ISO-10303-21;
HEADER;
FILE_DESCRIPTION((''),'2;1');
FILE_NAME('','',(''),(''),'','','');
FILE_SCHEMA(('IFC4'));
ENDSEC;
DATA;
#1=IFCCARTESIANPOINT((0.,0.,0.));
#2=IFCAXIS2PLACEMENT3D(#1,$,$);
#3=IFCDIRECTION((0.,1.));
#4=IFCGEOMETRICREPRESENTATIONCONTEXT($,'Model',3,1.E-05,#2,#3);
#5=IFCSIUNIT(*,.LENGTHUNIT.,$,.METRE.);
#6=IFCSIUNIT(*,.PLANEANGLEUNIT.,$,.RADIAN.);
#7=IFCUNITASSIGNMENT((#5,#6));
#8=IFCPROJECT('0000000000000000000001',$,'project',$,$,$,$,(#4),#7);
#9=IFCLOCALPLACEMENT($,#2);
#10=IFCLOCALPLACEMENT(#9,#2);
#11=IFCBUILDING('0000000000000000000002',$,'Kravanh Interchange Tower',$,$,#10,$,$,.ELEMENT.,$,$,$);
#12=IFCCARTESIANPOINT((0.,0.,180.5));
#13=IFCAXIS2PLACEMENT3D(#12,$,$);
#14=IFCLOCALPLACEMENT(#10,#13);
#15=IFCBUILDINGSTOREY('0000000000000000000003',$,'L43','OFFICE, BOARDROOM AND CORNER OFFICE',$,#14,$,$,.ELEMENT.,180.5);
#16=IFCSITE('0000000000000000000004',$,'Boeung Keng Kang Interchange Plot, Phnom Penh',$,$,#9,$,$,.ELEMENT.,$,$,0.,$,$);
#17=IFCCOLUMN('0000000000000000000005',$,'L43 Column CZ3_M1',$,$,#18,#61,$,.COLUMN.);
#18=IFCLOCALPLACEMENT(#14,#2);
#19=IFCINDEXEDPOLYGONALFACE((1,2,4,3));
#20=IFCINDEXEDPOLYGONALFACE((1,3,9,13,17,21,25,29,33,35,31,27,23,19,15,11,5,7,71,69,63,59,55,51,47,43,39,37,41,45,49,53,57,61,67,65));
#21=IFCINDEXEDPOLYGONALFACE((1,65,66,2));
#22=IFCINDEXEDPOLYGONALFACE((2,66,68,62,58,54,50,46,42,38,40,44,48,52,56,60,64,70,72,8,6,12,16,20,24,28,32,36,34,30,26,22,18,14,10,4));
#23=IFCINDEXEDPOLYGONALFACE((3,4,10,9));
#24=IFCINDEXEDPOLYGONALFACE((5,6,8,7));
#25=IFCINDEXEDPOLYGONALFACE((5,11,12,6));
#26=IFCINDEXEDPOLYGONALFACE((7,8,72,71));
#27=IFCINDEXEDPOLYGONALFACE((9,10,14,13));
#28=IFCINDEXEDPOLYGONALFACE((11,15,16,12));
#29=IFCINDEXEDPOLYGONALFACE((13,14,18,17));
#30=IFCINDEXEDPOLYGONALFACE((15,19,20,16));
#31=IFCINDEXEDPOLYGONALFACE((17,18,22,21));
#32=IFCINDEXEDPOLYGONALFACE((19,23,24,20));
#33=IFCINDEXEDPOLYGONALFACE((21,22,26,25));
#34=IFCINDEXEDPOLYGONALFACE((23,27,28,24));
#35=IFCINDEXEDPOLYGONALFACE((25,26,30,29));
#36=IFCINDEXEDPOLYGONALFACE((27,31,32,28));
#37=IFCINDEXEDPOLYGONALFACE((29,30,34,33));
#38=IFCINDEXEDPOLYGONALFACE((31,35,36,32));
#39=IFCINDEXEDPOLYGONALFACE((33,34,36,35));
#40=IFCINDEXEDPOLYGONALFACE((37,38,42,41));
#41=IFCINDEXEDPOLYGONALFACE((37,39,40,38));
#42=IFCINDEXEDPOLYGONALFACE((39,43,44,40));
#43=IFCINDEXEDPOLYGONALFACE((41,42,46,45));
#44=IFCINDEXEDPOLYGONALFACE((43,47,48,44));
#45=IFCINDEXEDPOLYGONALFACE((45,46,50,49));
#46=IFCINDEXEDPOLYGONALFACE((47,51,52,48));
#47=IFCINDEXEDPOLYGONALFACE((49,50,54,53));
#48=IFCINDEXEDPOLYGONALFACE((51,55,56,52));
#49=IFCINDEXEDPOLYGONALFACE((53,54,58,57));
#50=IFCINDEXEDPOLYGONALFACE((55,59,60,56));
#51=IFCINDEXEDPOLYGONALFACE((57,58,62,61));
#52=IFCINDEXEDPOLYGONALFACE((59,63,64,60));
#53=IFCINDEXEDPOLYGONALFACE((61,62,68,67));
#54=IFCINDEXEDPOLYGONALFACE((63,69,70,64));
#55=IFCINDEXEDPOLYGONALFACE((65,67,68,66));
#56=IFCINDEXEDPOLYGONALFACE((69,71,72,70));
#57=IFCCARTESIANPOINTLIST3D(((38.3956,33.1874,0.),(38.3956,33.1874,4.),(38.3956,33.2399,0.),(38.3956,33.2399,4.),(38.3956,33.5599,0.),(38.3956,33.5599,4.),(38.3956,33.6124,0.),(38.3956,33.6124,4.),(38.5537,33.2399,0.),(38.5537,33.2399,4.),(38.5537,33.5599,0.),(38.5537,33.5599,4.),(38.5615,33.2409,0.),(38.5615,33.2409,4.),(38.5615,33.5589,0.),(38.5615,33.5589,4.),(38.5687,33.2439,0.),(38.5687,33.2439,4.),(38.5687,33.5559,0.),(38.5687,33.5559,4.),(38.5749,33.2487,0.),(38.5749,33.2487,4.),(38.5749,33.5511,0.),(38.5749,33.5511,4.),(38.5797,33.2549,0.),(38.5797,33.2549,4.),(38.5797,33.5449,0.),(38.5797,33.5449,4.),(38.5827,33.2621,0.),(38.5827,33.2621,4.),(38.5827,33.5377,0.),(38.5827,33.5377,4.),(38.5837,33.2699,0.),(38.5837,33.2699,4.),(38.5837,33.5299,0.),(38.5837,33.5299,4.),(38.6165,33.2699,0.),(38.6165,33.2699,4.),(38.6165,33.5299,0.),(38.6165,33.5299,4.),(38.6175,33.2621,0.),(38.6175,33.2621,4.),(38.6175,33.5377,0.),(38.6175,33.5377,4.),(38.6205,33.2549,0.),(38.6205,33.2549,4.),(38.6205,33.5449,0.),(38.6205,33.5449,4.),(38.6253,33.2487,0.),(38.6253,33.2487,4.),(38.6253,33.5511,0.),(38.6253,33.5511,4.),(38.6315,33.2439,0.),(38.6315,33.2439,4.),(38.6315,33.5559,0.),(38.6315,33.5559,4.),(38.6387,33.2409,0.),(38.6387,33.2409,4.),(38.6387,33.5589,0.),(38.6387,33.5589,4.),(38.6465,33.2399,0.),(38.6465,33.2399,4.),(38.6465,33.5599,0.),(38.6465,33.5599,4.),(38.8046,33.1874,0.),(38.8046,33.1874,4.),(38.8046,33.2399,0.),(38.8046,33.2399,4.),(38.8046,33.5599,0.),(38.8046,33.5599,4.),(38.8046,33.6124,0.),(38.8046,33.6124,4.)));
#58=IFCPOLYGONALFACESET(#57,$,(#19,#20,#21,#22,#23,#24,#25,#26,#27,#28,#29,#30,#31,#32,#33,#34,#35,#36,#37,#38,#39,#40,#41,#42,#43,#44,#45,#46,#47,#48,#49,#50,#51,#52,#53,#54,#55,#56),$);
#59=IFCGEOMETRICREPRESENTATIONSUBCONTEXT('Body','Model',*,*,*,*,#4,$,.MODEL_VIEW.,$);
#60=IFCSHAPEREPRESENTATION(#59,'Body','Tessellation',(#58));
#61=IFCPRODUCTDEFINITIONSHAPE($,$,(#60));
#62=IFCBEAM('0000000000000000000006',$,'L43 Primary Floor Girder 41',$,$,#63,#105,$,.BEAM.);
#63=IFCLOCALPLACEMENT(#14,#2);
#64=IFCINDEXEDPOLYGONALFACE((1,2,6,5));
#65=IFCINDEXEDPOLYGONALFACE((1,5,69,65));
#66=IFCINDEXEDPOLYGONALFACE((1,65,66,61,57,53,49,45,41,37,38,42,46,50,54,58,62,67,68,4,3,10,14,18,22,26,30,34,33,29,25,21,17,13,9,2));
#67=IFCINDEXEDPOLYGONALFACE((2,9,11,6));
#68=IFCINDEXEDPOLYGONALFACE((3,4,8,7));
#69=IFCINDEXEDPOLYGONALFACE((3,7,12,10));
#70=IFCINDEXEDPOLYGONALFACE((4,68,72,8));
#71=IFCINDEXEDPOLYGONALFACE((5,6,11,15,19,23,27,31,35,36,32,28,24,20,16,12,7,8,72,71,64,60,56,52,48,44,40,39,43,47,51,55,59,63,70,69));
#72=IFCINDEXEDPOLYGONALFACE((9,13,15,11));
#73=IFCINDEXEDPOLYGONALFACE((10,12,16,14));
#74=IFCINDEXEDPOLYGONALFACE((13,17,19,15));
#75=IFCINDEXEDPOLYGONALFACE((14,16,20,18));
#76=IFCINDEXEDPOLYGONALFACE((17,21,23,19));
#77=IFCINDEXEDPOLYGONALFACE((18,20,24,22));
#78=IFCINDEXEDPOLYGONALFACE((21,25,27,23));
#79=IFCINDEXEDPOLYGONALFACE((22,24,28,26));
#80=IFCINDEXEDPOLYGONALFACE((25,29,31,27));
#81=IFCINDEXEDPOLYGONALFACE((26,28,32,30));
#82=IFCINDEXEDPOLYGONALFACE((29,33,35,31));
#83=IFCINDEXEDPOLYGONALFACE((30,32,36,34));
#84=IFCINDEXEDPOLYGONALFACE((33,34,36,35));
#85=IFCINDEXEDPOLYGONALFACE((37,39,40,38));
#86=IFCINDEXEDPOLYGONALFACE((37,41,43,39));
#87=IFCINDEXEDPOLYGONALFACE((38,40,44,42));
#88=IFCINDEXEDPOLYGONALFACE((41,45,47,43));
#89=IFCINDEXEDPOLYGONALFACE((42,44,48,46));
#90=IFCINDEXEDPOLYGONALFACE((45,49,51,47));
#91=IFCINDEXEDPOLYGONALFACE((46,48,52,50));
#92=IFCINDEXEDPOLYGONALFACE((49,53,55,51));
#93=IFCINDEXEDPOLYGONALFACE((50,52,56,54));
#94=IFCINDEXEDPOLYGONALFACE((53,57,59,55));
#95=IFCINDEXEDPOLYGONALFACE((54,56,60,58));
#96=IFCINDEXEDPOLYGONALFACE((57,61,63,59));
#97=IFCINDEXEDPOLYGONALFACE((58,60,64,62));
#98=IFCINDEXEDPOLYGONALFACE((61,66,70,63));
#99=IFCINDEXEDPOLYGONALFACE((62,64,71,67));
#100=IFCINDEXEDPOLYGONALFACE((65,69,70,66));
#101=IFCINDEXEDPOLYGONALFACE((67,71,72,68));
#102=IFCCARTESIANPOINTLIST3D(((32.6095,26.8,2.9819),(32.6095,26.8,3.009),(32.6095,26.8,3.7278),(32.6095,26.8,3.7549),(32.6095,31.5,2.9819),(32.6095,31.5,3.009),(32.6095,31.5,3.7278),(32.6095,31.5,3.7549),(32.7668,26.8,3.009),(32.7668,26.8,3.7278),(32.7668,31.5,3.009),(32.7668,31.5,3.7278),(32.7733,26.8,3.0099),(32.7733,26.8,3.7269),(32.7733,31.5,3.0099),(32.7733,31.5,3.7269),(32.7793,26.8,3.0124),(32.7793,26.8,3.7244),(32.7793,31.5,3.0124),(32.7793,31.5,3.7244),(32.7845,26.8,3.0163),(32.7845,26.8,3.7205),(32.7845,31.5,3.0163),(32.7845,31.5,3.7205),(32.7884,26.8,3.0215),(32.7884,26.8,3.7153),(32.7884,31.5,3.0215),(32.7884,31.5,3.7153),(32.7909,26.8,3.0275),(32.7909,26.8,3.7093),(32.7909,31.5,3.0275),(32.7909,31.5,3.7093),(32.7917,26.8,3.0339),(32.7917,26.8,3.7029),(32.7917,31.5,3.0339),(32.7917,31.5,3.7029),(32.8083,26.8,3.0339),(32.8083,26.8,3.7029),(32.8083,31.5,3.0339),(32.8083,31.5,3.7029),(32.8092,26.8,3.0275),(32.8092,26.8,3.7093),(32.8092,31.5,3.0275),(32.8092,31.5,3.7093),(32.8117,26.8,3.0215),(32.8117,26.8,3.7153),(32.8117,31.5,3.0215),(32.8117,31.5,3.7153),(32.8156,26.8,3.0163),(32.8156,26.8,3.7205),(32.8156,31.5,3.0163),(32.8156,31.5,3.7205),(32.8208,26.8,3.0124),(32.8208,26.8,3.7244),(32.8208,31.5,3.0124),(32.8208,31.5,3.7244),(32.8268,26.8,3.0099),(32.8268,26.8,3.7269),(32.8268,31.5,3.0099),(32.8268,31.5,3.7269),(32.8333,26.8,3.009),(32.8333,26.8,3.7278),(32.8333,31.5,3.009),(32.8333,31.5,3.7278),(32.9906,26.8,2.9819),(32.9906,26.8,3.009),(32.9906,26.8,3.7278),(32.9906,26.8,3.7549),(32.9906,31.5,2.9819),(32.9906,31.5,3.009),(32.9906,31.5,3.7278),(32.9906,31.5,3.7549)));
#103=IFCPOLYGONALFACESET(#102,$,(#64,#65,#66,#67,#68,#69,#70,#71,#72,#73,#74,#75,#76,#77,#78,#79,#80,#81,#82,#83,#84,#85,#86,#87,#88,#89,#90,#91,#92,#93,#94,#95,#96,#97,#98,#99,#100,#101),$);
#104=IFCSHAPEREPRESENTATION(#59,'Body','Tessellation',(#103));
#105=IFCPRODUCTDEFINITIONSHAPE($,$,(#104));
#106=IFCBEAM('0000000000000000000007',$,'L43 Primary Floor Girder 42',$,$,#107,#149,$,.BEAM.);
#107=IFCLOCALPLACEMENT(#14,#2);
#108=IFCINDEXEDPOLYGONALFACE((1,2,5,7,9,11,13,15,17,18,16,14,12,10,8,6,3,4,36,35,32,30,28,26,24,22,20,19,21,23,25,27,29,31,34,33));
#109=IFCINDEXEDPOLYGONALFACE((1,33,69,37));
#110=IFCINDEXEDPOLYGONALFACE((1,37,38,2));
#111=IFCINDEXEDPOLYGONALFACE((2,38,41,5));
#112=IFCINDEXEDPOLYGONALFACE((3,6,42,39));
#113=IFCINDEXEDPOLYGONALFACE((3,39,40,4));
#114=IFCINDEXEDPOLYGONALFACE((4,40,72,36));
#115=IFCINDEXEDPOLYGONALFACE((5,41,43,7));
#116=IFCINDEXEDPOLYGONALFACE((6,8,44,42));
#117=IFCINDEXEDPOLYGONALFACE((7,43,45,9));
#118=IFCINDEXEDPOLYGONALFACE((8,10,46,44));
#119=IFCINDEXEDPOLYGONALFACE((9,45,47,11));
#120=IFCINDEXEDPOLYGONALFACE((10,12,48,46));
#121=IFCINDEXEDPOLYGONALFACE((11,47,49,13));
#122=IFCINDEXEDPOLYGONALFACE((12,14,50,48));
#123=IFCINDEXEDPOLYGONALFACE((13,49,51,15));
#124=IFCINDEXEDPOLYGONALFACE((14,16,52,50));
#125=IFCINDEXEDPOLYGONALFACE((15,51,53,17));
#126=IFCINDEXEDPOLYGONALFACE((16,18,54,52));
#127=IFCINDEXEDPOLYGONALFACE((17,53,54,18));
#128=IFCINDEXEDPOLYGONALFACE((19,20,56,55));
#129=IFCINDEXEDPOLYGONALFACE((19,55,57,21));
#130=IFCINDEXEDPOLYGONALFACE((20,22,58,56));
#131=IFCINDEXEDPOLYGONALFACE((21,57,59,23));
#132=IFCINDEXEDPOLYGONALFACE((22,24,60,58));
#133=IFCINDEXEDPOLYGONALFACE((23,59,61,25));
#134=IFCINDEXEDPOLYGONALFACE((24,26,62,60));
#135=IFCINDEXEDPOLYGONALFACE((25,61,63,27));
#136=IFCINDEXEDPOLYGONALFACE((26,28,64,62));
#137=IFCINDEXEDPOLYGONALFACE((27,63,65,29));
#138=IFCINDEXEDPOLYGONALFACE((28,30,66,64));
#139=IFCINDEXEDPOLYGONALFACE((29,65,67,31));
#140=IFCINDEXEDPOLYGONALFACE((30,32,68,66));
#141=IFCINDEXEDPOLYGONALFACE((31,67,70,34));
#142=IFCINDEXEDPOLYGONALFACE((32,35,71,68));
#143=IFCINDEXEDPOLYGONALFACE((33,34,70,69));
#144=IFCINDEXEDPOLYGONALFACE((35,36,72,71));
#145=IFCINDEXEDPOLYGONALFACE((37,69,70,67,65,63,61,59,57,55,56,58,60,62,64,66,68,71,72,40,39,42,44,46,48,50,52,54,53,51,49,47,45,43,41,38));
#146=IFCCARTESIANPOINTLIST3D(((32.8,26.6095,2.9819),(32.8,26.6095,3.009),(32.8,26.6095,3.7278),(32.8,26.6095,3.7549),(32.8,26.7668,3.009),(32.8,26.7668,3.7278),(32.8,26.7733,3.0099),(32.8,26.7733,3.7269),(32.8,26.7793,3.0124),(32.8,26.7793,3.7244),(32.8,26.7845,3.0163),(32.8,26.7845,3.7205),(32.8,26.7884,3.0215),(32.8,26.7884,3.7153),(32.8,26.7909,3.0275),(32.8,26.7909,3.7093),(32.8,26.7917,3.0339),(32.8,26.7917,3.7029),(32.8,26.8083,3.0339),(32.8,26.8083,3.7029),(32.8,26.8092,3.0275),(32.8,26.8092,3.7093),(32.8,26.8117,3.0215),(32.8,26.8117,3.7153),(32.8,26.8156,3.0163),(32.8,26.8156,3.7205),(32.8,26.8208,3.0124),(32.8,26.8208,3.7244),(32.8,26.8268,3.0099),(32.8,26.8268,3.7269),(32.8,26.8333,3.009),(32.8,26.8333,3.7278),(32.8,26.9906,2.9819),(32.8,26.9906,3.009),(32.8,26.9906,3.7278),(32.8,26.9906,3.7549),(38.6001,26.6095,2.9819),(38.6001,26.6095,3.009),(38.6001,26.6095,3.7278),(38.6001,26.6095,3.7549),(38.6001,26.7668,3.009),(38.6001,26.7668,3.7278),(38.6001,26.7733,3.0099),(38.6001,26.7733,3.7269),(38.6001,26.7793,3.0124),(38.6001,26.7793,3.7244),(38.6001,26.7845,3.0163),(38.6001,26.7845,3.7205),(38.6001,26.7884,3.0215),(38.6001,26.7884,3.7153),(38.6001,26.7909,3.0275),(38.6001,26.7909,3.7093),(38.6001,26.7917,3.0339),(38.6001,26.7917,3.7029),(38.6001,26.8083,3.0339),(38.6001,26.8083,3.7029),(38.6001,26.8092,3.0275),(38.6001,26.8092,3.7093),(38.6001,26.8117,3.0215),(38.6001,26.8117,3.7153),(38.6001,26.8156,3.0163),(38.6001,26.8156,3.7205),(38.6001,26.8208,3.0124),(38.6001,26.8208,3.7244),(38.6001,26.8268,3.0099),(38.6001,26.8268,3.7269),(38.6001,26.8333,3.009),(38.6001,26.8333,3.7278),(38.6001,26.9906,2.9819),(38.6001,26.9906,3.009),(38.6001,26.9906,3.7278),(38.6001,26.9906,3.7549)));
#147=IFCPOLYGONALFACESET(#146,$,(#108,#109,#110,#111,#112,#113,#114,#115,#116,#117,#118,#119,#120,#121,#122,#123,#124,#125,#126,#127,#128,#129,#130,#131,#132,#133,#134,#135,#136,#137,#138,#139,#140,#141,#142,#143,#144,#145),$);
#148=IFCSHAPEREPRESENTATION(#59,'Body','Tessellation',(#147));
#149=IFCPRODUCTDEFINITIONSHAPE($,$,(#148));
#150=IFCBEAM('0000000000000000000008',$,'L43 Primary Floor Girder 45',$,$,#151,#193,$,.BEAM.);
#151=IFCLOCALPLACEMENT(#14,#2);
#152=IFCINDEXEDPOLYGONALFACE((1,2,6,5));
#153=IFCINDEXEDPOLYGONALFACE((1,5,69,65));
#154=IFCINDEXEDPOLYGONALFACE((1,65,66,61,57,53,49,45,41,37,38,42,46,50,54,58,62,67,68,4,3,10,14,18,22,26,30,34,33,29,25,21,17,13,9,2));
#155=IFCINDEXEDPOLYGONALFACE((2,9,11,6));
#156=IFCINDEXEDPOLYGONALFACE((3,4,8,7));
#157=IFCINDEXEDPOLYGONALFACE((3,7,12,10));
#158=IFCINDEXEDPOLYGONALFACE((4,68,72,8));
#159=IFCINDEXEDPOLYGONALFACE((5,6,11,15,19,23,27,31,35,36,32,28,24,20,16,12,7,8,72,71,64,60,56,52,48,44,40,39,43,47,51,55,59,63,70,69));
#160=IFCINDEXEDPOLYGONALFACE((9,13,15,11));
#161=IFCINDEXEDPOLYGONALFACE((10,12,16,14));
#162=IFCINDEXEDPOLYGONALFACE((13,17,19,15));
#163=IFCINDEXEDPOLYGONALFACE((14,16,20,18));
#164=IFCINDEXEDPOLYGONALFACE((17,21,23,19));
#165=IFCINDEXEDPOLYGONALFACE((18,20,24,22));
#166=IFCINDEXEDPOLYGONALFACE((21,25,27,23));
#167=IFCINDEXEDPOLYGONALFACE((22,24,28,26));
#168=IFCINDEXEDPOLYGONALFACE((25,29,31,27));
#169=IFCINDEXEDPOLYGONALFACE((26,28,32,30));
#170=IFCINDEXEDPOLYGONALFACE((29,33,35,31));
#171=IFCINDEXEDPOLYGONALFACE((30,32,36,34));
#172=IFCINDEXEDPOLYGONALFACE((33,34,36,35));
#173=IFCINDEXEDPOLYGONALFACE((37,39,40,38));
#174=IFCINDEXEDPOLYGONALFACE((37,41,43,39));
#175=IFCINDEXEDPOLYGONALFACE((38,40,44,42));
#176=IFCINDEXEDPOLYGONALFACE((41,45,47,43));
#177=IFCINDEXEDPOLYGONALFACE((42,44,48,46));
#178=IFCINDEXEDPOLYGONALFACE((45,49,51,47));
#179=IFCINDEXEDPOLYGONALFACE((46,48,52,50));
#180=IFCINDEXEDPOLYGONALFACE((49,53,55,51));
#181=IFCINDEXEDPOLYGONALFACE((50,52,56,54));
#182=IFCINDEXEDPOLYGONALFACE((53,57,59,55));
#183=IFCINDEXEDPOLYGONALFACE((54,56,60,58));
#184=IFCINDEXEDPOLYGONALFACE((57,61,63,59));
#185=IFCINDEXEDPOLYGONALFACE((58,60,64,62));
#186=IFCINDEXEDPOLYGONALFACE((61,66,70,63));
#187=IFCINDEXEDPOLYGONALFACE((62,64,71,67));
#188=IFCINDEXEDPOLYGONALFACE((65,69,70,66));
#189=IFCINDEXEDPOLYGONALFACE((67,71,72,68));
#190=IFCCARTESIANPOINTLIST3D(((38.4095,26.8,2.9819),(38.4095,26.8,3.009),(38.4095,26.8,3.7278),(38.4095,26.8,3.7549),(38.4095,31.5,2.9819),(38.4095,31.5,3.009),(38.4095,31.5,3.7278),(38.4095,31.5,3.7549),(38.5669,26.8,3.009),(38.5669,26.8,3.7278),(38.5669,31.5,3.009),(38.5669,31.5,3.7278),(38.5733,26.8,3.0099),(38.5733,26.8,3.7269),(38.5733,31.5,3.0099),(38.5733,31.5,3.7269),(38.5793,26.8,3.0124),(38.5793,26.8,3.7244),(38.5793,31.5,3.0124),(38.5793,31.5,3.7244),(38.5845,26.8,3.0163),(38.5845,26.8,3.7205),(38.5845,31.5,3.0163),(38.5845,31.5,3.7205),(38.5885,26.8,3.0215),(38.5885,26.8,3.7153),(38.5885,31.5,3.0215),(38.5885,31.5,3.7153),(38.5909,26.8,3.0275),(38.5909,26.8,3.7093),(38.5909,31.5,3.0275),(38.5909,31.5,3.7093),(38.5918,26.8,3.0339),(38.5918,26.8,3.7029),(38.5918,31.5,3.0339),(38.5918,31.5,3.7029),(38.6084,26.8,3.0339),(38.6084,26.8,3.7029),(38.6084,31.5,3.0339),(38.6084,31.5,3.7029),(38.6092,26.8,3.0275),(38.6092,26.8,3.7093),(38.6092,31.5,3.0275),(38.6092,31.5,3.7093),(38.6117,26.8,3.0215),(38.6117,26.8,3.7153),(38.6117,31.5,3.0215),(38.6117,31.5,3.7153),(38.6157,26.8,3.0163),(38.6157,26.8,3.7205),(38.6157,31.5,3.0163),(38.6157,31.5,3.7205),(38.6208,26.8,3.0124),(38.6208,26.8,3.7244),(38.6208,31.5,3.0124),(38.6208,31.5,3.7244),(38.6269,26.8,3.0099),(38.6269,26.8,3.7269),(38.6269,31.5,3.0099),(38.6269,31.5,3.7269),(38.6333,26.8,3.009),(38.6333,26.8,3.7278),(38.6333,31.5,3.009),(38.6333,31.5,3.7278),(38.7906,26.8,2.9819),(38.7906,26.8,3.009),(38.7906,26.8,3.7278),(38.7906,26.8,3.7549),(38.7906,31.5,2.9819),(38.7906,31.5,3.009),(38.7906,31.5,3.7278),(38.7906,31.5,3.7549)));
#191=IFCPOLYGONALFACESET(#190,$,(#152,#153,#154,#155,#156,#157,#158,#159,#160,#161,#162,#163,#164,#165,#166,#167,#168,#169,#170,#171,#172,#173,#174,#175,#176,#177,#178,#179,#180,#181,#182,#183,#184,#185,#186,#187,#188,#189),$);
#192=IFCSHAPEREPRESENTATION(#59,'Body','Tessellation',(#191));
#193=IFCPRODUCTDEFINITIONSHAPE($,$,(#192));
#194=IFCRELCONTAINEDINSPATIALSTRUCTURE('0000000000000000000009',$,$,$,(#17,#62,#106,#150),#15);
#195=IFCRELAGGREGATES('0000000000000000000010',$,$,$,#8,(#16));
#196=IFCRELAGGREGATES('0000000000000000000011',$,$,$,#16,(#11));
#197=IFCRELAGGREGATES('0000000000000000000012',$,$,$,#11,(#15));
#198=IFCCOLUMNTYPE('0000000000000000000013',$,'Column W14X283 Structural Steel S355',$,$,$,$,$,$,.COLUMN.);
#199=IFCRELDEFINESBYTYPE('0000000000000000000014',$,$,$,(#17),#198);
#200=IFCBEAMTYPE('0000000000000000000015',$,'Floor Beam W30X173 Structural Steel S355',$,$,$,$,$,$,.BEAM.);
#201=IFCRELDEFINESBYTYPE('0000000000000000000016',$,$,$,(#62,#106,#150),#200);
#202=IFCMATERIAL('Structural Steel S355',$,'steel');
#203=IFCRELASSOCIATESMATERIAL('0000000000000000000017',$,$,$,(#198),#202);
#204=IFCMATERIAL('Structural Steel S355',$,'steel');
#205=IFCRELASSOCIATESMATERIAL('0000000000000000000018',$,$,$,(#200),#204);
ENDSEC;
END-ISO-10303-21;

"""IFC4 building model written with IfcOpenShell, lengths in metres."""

from ifc_helpers import new_model, si_unit, direction, frame, origin, origin_2d, place, context, subcontext, project, spatial, i_section, extrude, material, material_profile, profile_set, type_object, element, save


model = new_model("IFC4")

# Units and contexts
model_context = context("Model", 3, precision=1e-05, world=origin(), true_north=direction((0.0, 1.0)))
body_context = subcontext(model_context, "Body", "Model", "MODEL_VIEW")
ifc_project = project(units=[si_unit("LENGTHUNIT", "METRE"), si_unit("PLANEANGLEUNIT", "RADIAN")], contexts=[model_context])

# Site, building, storey
site_placement = place(None, origin())
site = spatial("IfcSite", under=ifc_project, at=site_placement, Name="Boeung Keng Kang Interchange Plot, Phnom Penh", CompositionType="ELEMENT", RefElevation=0.0)
building_placement = place(site_placement, origin())
building = spatial("IfcBuilding", under=site, at=building_placement, Name="Kravanh Interchange Tower", CompositionType="ELEMENT")
storey_placement = place(building_placement, frame((0.0, 0.0, 180.5)))
storey = spatial("IfcBuildingStorey", under=building, at=storey_placement, Name="L43", Description="OFFICE, BOARDROOM AND CORNER OFFICE", CompositionType="ELEMENT", Elevation=180.5)

# Column
ifc_material_1 = material(Name="Structural Steel S355", Category="steel")
ifc_material_profile_1 = material_profile(ifc_material_1, i_section(OverallWidth=0.4089, OverallDepth=0.425, WebThickness=0.0327, FlangeThickness=0.0525, FilletRadius=0.03, at=origin_2d()), Name="W14X283")
ifc_profile_set_1 = profile_set([ifc_material_profile_1], Name="Structural Steel S355")
column_type_1 = type_object("IfcColumnType", Name="Column W14X283 Structural Steel S355", PredefinedType="COLUMN", material=ifc_profile_set_1)
for number, where, z_axis, x_axis, name in (
    (1, (38.6001, 33.3999, 0.0), (0.0, 0.0, 1.0), (1.0, 0.0, 0.0), "L43 Column CZ3_M1"),
):
    element("IfcColumn", number, at=place(storey_placement, frame(where, z_axis=z_axis, x_axis=x_axis)), inside=storey, type_object=column_type_1, Name=name, PredefinedType="COLUMN", context=body_context, shape_type="SweptSolid", body=[
        extrude(i_section(OverallWidth=0.4089, OverallDepth=0.425, WebThickness=0.0327, FlangeThickness=0.0525, FilletRadius=0.03, at=origin_2d()), origin(), (0.0, 0.0, 1.0), 4.0),
    ])

# Beams
ifc_material_2 = material(Name="Structural Steel S355", Category="steel")
ifc_material_profile_2 = material_profile(ifc_material_2, i_section(OverallWidth=0.3811, OverallDepth=0.7729, WebThickness=0.0166, FlangeThickness=0.0271, FilletRadius=0.0249, at=origin_2d()), Name="W30X173")
ifc_profile_set_2 = profile_set([ifc_material_profile_2], Name="Structural Steel S355")
beam_type_1 = type_object("IfcBeamType", Name="Floor Beam W30X173 Structural Steel S355", PredefinedType="BEAM", material=ifc_profile_set_2)
beam_1_placement = place(storey_placement, frame((32.8, 26.8, 3.3684), z_axis=(0.0, 1.0, 0.0), x_axis=(-1.0, 0.0, 0.0)))
element("IfcBeam", 2, at=beam_1_placement, inside=storey, type_object=beam_type_1, Name="L43 Primary Floor Girder 41", PredefinedType="BEAM", context=body_context, shape_type="SweptSolid", body=[
    extrude(i_section(OverallWidth=0.3811, OverallDepth=0.7729, WebThickness=0.0166, FlangeThickness=0.0271, FilletRadius=0.0249, at=origin_2d()), origin(), (0.0, 0.0, 1.0), 4.7),
])
beam_2_placement = place(storey_placement, frame((32.8, 26.8, 3.3684), z_axis=(1.0, 0.0, 0.0), x_axis=(0.0, 1.0, 0.0)))
element("IfcBeam", 3, at=beam_2_placement, inside=storey, type_object=beam_type_1, Name="L43 Primary Floor Girder 42", PredefinedType="BEAM", context=body_context, shape_type="SweptSolid", body=[
    extrude(i_section(OverallWidth=0.3811, OverallDepth=0.7729, WebThickness=0.0166, FlangeThickness=0.0271, FilletRadius=0.0249, at=origin_2d()), origin(), (0.0, 0.0, 1.0), 5.8),
])
beam_3_placement = place(storey_placement, frame((38.6001, 26.8, 3.3684), z_axis=(0.0, 1.0, 0.0), x_axis=(-1.0, 0.0, 0.0)))
element("IfcBeam", 4, at=beam_3_placement, inside=storey, type_object=beam_type_1, Name="L43 Primary Floor Girder 45", PredefinedType="BEAM", context=body_context, shape_type="SweptSolid", body=[
    extrude(i_section(OverallWidth=0.3811, OverallDepth=0.7729, WebThickness=0.0166, FlangeThickness=0.0271, FilletRadius=0.0249, at=origin_2d()), origin(), (0.0, 0.0, 1.0), 4.7),
])

save(model, "model.ifc")
